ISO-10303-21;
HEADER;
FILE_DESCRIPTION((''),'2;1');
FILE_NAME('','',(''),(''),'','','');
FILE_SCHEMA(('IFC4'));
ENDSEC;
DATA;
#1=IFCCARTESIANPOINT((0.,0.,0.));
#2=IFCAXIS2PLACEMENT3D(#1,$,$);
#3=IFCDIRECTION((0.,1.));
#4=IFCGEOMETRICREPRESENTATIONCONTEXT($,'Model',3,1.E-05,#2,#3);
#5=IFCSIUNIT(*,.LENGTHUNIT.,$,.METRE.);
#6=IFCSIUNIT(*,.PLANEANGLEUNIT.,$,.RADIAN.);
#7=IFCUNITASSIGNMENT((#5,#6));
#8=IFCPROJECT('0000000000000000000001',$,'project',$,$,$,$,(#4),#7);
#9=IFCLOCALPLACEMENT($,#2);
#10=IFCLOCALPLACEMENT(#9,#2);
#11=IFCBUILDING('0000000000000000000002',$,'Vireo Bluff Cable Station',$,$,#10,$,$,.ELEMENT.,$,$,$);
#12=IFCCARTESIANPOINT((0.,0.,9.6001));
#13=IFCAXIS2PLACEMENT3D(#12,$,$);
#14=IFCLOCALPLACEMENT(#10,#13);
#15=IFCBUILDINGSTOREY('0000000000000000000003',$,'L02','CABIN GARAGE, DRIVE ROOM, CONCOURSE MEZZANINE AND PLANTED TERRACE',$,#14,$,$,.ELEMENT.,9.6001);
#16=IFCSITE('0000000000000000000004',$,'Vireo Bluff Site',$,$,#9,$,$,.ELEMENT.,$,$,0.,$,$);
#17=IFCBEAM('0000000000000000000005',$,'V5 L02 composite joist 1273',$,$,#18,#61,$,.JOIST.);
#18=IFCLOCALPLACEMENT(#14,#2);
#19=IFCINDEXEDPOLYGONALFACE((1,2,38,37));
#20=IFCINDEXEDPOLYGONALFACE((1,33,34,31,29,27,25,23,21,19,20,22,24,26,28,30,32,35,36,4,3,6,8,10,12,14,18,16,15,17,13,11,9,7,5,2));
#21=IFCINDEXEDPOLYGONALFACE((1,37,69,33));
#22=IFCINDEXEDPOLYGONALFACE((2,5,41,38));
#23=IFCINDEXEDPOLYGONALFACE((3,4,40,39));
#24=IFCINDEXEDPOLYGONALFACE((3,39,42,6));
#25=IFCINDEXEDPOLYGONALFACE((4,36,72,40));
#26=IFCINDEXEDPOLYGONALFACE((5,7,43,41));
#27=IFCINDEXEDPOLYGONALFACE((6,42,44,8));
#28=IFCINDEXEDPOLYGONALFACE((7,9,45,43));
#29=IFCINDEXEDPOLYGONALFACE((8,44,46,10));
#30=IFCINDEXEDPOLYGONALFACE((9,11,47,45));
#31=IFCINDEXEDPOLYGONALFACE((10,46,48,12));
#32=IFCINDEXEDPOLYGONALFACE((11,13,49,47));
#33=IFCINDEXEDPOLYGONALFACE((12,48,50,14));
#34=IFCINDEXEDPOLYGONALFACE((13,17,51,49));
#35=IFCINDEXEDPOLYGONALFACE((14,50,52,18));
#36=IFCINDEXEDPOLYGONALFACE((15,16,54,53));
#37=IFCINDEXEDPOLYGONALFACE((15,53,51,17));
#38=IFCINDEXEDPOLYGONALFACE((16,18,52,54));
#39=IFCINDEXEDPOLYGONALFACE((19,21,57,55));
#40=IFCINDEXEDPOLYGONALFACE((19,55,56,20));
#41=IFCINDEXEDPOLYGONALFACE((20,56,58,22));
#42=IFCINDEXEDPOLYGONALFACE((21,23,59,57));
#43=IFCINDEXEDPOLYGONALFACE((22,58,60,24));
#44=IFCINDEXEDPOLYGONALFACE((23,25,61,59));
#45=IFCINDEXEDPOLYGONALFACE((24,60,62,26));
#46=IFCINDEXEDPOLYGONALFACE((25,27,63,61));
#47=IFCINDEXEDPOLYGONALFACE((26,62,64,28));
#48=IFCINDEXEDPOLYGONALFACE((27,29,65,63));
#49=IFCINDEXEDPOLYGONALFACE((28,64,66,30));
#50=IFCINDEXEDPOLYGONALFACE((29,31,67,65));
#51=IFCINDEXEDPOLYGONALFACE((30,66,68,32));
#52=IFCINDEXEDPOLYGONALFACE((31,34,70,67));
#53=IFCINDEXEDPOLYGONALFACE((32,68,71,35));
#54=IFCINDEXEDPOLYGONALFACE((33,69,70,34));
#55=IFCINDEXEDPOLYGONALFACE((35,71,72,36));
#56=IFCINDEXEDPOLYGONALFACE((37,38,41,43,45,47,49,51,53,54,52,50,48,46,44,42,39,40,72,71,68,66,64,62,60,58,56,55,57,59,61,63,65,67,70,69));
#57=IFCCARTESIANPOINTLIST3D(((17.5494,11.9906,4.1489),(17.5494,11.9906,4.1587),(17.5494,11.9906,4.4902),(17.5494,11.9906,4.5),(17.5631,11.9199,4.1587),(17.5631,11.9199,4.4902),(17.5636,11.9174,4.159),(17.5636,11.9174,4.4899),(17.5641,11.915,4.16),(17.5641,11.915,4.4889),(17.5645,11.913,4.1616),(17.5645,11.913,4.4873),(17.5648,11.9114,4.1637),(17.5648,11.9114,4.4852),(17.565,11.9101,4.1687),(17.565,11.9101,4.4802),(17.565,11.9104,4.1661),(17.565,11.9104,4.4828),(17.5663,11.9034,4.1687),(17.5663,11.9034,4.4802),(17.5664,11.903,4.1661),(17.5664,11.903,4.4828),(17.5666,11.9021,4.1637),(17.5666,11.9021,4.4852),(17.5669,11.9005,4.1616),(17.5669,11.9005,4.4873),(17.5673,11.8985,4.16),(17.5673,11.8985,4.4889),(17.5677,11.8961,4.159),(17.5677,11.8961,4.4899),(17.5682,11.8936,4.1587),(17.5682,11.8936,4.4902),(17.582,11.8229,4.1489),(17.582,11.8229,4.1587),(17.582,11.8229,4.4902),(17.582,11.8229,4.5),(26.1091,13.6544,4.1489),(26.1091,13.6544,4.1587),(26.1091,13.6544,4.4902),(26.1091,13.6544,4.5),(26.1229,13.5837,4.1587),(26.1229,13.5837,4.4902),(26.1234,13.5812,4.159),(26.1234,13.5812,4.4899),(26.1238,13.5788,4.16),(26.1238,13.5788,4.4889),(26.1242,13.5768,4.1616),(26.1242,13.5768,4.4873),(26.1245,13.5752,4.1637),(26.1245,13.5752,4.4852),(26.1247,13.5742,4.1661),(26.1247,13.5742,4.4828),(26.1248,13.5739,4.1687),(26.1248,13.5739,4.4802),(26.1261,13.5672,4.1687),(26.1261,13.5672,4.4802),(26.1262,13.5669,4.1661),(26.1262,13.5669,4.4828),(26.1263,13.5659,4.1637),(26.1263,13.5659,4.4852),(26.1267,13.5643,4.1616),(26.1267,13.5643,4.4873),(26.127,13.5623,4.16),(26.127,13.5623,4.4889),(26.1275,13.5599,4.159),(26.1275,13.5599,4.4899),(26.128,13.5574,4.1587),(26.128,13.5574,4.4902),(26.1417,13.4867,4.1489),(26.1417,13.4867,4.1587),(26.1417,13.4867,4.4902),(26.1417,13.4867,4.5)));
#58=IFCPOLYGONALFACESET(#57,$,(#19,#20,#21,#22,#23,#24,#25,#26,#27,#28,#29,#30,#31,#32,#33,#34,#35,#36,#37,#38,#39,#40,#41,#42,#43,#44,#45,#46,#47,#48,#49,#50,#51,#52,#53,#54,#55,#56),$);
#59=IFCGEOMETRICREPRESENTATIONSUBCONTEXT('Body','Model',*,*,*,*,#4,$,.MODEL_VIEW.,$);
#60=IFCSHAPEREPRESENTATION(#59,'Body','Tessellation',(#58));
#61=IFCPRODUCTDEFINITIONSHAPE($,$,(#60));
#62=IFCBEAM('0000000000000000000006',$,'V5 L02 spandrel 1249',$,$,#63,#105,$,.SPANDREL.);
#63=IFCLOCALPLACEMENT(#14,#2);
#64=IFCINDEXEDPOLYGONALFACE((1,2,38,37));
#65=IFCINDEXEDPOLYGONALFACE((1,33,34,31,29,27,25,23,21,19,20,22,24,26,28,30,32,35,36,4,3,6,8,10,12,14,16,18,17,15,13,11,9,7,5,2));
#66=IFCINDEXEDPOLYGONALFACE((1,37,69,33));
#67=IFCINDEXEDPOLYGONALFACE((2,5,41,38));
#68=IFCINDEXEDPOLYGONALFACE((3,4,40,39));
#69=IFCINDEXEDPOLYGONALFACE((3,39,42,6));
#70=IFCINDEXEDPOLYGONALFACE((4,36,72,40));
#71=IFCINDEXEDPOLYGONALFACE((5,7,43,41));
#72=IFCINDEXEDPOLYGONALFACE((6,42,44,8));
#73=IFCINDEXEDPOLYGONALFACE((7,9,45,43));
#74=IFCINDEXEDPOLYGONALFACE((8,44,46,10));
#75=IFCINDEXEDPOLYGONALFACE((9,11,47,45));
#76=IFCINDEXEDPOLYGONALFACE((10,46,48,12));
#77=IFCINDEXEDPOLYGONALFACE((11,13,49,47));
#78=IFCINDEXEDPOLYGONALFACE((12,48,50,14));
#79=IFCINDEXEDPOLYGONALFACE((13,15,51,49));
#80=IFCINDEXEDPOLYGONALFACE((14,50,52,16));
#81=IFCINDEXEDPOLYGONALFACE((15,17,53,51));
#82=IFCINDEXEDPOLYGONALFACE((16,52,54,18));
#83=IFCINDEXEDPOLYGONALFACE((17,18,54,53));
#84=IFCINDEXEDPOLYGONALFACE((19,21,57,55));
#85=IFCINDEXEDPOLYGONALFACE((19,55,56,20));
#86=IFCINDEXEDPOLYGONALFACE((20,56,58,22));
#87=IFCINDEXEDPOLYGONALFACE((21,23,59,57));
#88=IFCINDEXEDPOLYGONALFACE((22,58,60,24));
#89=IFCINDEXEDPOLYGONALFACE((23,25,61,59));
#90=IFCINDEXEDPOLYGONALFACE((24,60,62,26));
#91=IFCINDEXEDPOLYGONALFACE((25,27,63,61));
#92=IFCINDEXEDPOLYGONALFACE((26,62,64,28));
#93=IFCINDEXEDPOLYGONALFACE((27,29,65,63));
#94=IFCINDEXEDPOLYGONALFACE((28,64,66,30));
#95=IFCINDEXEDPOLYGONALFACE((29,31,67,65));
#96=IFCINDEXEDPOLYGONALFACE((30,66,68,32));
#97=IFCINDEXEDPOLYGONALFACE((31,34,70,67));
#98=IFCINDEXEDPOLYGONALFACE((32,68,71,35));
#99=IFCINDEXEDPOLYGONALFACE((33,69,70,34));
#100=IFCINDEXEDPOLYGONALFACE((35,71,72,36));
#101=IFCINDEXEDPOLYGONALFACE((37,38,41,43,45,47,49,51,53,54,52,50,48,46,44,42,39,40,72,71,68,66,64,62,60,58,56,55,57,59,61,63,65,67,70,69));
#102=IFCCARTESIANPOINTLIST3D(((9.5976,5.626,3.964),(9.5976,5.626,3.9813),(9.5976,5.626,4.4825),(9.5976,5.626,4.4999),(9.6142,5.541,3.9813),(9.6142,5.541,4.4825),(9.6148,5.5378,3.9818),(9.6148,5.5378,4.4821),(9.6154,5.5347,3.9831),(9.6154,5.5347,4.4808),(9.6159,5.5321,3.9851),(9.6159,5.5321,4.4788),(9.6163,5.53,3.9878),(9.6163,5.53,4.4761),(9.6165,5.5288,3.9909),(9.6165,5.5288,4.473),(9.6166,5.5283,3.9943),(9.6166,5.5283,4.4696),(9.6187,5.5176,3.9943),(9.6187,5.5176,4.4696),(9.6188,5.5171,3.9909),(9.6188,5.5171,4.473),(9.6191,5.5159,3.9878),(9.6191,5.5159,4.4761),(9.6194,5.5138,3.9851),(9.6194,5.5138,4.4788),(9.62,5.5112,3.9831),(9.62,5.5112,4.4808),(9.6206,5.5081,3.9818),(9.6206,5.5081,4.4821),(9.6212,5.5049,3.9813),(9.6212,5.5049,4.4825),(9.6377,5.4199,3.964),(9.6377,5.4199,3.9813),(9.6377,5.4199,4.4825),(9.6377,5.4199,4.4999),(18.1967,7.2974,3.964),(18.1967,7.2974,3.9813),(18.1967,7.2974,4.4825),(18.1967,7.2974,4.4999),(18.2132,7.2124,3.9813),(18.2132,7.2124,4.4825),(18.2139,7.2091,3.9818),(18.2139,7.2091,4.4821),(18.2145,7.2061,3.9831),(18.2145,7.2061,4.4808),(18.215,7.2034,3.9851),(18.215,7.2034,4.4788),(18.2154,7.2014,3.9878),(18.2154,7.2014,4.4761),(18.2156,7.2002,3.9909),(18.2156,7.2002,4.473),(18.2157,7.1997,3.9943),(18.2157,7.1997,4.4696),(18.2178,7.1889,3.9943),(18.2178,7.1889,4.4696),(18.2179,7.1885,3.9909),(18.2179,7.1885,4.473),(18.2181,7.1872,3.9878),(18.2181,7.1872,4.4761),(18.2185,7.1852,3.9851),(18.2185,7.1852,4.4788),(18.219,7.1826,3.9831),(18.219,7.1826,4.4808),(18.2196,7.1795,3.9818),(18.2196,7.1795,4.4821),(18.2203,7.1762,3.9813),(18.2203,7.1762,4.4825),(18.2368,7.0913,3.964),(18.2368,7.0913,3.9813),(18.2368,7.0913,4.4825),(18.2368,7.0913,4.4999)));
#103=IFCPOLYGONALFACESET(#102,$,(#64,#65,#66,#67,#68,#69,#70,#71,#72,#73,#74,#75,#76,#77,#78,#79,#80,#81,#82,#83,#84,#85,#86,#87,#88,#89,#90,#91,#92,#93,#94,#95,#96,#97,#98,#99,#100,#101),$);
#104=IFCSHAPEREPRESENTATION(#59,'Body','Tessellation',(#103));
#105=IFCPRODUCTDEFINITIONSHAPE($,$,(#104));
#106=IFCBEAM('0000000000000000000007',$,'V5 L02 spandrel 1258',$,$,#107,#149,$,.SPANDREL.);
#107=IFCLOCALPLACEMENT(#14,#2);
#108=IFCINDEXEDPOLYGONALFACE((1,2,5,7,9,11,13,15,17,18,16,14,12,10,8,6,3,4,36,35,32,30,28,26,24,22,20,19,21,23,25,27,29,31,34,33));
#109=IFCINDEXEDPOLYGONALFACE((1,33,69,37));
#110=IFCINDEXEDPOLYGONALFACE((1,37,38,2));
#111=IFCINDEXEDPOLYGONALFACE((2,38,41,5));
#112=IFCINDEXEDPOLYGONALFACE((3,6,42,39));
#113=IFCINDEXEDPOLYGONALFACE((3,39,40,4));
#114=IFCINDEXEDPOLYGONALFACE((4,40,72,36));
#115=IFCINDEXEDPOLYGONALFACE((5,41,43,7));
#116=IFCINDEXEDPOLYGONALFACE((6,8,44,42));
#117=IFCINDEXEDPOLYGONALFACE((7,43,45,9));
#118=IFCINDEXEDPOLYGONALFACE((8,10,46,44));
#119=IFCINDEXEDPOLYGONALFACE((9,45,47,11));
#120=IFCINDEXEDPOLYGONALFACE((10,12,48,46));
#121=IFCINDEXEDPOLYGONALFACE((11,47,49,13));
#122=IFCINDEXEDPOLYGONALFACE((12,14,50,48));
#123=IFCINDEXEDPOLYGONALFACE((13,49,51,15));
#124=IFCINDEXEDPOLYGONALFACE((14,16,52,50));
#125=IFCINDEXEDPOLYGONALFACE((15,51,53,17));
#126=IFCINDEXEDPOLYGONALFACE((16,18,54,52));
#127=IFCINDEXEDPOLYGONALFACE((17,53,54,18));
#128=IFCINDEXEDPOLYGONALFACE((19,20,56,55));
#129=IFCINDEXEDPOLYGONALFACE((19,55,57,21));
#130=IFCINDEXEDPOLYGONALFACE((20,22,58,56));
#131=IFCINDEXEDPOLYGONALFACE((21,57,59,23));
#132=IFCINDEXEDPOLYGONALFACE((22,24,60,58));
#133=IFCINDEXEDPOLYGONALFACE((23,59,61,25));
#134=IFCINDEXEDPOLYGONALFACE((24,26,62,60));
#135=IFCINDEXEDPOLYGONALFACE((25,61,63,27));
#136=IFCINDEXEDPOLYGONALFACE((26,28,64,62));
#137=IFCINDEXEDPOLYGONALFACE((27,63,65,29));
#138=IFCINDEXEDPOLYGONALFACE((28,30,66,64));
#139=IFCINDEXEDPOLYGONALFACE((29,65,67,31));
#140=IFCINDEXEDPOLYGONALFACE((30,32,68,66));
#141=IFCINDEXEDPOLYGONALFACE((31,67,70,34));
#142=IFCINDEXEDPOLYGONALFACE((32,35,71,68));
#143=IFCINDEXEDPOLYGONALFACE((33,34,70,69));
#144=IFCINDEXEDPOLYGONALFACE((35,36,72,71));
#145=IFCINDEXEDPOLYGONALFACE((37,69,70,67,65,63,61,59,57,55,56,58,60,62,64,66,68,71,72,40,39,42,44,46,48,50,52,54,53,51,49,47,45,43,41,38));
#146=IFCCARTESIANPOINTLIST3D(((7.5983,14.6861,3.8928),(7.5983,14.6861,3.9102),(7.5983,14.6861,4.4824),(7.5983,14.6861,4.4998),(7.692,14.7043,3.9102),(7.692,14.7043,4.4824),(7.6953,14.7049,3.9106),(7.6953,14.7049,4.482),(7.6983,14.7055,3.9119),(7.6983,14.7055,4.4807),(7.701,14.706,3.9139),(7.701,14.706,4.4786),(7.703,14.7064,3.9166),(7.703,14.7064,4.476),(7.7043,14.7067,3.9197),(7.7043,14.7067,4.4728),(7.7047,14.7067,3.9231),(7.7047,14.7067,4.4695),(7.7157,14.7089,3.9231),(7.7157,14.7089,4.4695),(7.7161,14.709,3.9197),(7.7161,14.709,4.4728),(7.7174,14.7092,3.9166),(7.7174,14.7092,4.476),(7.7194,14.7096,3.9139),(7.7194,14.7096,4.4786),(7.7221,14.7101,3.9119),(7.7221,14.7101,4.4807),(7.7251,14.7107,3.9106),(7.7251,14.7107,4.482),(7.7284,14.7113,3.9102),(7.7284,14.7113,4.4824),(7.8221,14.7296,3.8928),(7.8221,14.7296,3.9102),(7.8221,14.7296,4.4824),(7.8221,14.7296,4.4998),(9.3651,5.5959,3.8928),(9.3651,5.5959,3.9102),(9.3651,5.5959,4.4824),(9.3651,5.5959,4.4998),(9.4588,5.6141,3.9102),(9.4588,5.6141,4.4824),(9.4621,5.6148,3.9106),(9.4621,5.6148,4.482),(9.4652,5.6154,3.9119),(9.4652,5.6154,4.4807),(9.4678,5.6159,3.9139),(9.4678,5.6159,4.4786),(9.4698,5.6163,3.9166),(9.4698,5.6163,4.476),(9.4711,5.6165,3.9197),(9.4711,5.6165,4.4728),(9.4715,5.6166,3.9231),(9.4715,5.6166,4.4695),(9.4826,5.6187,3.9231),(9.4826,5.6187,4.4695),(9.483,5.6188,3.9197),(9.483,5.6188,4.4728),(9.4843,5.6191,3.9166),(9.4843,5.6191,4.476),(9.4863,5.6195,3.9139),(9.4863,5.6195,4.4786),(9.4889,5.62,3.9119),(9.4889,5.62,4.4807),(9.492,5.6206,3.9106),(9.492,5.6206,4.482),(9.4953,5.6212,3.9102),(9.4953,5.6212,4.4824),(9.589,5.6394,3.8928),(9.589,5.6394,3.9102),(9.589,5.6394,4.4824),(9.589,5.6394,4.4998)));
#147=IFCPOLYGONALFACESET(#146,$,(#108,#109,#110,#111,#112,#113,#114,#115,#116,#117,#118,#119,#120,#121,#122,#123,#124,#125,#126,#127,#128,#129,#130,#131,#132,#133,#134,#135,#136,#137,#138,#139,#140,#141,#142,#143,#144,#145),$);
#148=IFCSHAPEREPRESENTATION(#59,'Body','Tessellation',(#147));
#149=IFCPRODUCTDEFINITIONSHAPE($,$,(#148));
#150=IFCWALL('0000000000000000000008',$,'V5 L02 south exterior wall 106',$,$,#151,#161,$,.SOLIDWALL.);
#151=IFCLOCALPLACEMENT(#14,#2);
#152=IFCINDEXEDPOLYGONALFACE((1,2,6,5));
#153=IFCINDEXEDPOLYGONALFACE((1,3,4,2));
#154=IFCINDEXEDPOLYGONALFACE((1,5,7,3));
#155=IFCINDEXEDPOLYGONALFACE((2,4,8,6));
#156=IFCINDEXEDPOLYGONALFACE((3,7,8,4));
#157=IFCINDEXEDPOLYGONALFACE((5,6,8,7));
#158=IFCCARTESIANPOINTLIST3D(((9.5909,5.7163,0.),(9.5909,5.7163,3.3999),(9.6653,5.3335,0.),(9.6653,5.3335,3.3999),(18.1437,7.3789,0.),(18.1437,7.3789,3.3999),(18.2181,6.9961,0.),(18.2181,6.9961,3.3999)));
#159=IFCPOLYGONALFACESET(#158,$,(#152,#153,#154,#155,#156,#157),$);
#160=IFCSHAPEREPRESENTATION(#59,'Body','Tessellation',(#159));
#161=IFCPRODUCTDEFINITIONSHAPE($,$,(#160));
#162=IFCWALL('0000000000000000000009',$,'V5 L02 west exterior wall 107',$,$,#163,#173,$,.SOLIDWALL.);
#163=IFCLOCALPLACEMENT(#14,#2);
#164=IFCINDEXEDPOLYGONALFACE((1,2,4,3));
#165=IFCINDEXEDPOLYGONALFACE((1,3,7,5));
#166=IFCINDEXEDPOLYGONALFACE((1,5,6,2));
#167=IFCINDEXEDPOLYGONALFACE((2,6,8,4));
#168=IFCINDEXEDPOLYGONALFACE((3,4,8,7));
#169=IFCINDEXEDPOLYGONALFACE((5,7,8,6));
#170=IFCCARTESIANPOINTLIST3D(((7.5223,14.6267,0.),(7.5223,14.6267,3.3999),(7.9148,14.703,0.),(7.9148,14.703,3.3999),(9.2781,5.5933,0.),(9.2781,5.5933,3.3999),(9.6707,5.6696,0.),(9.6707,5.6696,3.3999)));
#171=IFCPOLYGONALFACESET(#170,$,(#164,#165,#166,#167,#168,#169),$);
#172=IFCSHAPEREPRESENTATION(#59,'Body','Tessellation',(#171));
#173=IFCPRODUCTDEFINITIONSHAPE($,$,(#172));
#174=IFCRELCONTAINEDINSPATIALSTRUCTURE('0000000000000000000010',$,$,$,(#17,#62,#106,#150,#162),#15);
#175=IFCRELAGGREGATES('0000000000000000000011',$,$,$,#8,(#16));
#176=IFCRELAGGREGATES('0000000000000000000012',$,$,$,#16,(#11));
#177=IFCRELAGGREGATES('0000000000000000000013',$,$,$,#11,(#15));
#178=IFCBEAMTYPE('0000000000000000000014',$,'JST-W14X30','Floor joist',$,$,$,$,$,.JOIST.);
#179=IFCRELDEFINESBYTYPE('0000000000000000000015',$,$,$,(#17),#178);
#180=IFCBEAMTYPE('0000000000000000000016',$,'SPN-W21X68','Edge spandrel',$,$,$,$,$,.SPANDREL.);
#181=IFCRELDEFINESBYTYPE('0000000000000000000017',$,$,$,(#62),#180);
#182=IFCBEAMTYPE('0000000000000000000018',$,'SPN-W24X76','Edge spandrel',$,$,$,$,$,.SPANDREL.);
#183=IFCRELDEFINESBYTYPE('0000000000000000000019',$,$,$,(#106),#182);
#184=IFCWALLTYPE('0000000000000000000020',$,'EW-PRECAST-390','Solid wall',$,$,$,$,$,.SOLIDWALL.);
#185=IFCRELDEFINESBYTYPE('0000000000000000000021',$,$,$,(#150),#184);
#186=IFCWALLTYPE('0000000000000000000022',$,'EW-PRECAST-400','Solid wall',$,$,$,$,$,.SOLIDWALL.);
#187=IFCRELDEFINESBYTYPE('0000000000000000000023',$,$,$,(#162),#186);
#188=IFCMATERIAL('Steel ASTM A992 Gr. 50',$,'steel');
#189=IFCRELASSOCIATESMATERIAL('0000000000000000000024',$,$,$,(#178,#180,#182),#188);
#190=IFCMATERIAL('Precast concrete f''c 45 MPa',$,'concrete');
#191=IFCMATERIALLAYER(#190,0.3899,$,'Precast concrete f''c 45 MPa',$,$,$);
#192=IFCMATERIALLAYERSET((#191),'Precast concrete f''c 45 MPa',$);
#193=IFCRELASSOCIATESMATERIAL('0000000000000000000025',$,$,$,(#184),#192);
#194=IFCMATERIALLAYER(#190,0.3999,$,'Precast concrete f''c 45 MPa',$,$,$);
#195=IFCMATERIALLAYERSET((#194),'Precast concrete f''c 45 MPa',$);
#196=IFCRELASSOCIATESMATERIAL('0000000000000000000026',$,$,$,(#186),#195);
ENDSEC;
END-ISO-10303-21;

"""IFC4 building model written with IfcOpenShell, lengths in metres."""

from ifc_helpers import new_model, si_unit, direction, frame, frame_2d, origin, origin_2d, place, context, subcontext, project, spatial, rectangle, i_section, extrude, material, layer, layer_set, material_profile, profile_set, type_object, element, save


model = new_model("IFC4")

# Units and contexts
model_context = context("Model", 3, precision=1e-05, world=origin(), true_north=direction((0.0, 1.0)))
body_context = subcontext(model_context, "Body", "Model", "MODEL_VIEW")
ifc_project = project(units=[si_unit("LENGTHUNIT", "METRE"), si_unit("PLANEANGLEUNIT", "RADIAN")], contexts=[model_context])

# Site, building, storey
site_placement = place(None, origin())
site = spatial("IfcSite", under=ifc_project, at=site_placement, Name="Vireo Bluff Site", CompositionType="ELEMENT", RefElevation=0.0)
building_placement = place(site_placement, origin())
building = spatial("IfcBuilding", under=site, at=building_placement, Name="Vireo Bluff Cable Station", CompositionType="ELEMENT")
storey_placement = place(building_placement, frame((0.0, 0.0, 9.6001)))
storey = spatial("IfcBuildingStorey", under=building, at=storey_placement, Name="L02", Description="CABIN GARAGE, DRIVE ROOM, CONCOURSE MEZZANINE AND PLANTED TERRACE", CompositionType="ELEMENT", Elevation=9.6001)

# Shared definitions
ifc_material_1 = material(Name="Steel ASTM A992 Gr. 50", Category="steel")

# Beams
ifc_material_profile_1 = material_profile(ifc_material_1, i_section(OverallWidth=0.1709, OverallDepth=0.3511, WebThickness=0.0068, FlangeThickness=0.0098, FilletRadius=0.01, at=origin_2d()), Name="W14X30")
ifc_profile_set_1 = profile_set([ifc_material_profile_1], Name="Steel ASTM A992 Gr. 50")
beam_type_1 = type_object("IfcBeamType", Name="JST-W14X30", Description="Floor joist", PredefinedType="JOIST", material=ifc_profile_set_1)
beam_1_placement = place(storey_placement, frame((17.5657, 11.9067, 4.3245), z_axis=(0.981628, 0.190804, 0.0), x_axis=(-0.190804, 0.981628, 0.0)))
element("IfcBeam", 1, at=beam_1_placement, inside=storey, type_object=beam_type_1, Name="V5 L02 composite joist 1273", PredefinedType="JOIST", context=body_context, shape_type="SweptSolid", body=[
    extrude(i_section(OverallWidth=0.1709, OverallDepth=0.3511, WebThickness=0.0068, FlangeThickness=0.0098, FilletRadius=0.01, at=origin_2d()), origin(), (0.0, 0.0, 1.0), 8.72),
])
ifc_material_profile_2 = material_profile(ifc_material_1, i_section(OverallWidth=0.21, OverallDepth=0.5359, WebThickness=0.011, FlangeThickness=0.0173, FilletRadius=0.0129, at=origin_2d()), Name="W21X68")
ifc_profile_set_2 = profile_set([ifc_material_profile_2], Name="Steel ASTM A992 Gr. 50")
beam_type_2 = type_object("IfcBeamType", Name="SPN-W21X68", Description="Edge spandrel", PredefinedType="SPANDREL", material=ifc_profile_set_2)
beam_2_placement = place(storey_placement, frame((9.6177, 5.5229, 4.2319), z_axis=(0.98163, 0.190797, 0.0), x_axis=(-0.190797, 0.98163, 0.0)))
element("IfcBeam", 2, at=beam_2_placement, inside=storey, type_object=beam_type_2, Name="V5 L02 spandrel 1249", PredefinedType="SPANDREL", context=body_context, shape_type="SweptSolid", body=[
    extrude(i_section(OverallWidth=0.21, OverallDepth=0.5359, WebThickness=0.011, FlangeThickness=0.0173, FilletRadius=0.0129, at=origin_2d()), origin(), (0.0, 0.0, 1.0), 8.76),
])
ifc_material_profile_3 = material_profile(ifc_material_1, i_section(OverallWidth=0.228, OverallDepth=0.6069, WebThickness=0.0112, FlangeThickness=0.0173, FilletRadius=0.0129, at=origin_2d()), Name="W24X76")
ifc_profile_set_3 = profile_set([ifc_material_profile_3], Name="Steel ASTM A992 Gr. 50")
beam_type_3 = type_object("IfcBeamType", Name="SPN-W24X76", Description="Edge spandrel", PredefinedType="SPANDREL", material=ifc_profile_set_3)
beam_3_placement = place(storey_placement, frame((9.4771, 5.6177, 4.1963), z_axis=(-0.1908, 0.981629, 0.0), x_axis=(-0.981629, -0.1908, 0.0)))
element("IfcBeam", 3, at=beam_3_placement, inside=storey, type_object=beam_type_3, Name="V5 L02 spandrel 1258", PredefinedType="SPANDREL", context=body_context, shape_type="SweptSolid", body=[
    extrude(i_section(OverallWidth=0.228, OverallDepth=0.6069, WebThickness=0.0112, FlangeThickness=0.0173, FilletRadius=0.0129, at=origin_2d()), origin(), (0.0, 0.0, 1.0), 9.2603),
])

# Walls
ifc_material_2 = material(Name="Precast concrete f'c 45 MPa", Category="concrete")
ifc_layer_1 = layer(ifc_material_2, 0.3899, Name="Precast concrete f'c 45 MPa")
ifc_layer_set_1 = layer_set([ifc_layer_1], Name="Precast concrete f'c 45 MPa")
wall_type_1 = type_object("IfcWallType", Name="EW-PRECAST-390", Description="Solid wall", PredefinedType="SOLIDWALL", material=ifc_layer_set_1)
wall_1_placement = place(storey_placement, frame((18.1809, 7.1875, 0.0), z_axis=(0.0, 0.0, 1.0), x_axis=(-0.981625, -0.190822, 0.0)))
element("IfcWall", 4, at=wall_1_placement, inside=storey, type_object=wall_type_1, Name="V5 L02 south exterior wall 106", PredefinedType="SOLIDWALL", context=body_context, shape_type="SweptSolid", body=[
    extrude(rectangle(XDim=8.7129, YDim=0.3899, at=frame_2d((4.3564, 0.0))), origin(), (0.0, 0.0, 1.0), 3.3999),
])
ifc_layer_2 = layer(ifc_material_2, 0.3999, Name="Precast concrete f'c 45 MPa")
ifc_layer_set_2 = layer_set([ifc_layer_2], Name="Precast concrete f'c 45 MPa")
wall_type_2 = type_object("IfcWallType", Name="EW-PRECAST-400", Description="Solid wall", PredefinedType="SOLIDWALL", material=ifc_layer_set_2)
wall_2_placement = place(storey_placement, frame((9.4744, 5.6316, 0.0), z_axis=(0.0, 0.0, 1.0), x_axis=(-0.190802, 0.981629, 0.0)))
element("IfcWall", 5, at=wall_2_placement, inside=storey, type_object=wall_type_2, Name="V5 L02 west exterior wall 107", PredefinedType="SOLIDWALL", context=body_context, shape_type="SweptSolid", body=[
    extrude(rectangle(XDim=9.2024, YDim=0.3999, at=frame_2d((4.6011, 0.0))), origin(), (0.0, 0.0, 1.0), 3.3999),
])

save(model, "model.ifc")
